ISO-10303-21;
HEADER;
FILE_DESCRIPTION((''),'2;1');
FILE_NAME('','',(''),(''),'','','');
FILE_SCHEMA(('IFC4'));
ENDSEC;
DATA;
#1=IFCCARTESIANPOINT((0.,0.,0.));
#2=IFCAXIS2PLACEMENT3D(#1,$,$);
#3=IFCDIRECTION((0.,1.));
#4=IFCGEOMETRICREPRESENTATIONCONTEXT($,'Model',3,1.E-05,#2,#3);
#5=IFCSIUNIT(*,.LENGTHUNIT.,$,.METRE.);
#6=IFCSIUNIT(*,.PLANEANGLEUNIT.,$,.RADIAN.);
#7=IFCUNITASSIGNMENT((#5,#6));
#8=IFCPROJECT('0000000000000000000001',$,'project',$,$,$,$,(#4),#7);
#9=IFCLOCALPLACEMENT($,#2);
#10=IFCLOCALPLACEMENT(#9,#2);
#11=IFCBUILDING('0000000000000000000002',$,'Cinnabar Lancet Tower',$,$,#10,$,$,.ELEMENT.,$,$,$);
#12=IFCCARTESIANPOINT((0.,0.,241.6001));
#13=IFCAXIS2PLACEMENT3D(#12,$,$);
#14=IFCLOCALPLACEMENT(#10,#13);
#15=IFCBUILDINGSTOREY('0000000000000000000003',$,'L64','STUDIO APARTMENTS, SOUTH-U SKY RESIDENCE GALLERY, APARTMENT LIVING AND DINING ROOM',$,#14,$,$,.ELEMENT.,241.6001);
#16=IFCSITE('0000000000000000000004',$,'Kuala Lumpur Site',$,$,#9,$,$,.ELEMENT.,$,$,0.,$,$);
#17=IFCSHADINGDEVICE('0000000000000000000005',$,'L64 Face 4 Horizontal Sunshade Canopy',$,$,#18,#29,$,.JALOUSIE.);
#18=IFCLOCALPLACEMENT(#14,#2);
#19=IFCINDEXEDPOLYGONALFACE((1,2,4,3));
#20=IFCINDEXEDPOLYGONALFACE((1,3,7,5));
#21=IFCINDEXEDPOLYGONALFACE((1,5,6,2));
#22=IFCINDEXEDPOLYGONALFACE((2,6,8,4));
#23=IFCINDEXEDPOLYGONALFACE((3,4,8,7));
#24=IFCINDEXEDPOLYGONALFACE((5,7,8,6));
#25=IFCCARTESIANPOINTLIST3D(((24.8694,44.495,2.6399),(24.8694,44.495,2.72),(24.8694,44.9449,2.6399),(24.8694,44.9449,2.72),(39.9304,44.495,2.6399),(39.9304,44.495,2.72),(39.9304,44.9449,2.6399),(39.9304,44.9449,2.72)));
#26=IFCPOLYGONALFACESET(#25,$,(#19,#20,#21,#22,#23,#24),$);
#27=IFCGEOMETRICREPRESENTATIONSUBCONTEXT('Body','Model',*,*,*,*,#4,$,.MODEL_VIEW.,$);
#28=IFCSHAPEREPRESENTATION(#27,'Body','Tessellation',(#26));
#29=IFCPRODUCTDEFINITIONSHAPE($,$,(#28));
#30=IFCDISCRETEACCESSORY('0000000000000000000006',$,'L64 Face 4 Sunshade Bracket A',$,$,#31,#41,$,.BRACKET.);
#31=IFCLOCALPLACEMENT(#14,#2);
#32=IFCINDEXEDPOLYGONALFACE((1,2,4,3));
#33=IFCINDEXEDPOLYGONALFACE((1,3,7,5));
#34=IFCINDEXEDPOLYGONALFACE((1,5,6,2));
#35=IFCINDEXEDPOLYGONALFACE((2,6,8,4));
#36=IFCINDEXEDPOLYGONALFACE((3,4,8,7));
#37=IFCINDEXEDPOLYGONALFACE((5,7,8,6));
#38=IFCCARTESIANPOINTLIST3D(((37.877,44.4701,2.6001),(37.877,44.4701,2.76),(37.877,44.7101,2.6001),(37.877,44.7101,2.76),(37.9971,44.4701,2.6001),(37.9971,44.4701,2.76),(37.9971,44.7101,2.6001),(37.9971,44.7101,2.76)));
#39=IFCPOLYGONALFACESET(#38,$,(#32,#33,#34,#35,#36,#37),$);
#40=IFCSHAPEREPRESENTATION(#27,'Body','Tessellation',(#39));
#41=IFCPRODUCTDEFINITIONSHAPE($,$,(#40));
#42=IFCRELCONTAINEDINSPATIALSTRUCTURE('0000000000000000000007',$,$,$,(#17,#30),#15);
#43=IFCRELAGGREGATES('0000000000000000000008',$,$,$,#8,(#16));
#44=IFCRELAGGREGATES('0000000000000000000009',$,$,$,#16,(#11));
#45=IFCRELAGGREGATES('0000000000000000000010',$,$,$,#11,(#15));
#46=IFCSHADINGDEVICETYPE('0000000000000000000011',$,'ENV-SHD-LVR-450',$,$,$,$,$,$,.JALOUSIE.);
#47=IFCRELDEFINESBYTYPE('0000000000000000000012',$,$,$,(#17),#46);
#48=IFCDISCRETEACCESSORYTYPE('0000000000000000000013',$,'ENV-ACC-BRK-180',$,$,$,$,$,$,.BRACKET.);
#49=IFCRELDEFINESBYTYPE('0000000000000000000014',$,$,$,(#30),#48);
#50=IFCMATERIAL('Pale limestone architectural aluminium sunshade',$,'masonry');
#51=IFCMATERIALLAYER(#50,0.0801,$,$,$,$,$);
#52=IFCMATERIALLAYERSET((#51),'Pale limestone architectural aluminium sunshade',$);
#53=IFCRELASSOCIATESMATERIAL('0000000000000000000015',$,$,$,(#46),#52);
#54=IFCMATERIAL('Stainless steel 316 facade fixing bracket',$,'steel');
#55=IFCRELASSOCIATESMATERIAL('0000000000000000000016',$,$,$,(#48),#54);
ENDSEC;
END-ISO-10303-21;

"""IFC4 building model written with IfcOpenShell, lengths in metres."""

from ifc_helpers import new_model, si_unit, direction, frame, origin, origin_2d, place, context, subcontext, project, spatial, rectangle, extrude, material, layer, layer_set, type_object, element, save


model = new_model("IFC4")

# Units and contexts
model_context = context("Model", 3, precision=1e-05, world=origin(), true_north=direction((0.0, 1.0)))
body_context = subcontext(model_context, "Body", "Model", "MODEL_VIEW")
ifc_project = project(units=[si_unit("LENGTHUNIT", "METRE"), si_unit("PLANEANGLEUNIT", "RADIAN")], contexts=[model_context])

# Site, building, storey
site_placement = place(None, origin())
site = spatial("IfcSite", under=ifc_project, at=site_placement, Name="Kuala Lumpur Site", CompositionType="ELEMENT", RefElevation=0.0)
building_placement = place(site_placement, origin())
building = spatial("IfcBuilding", under=site, at=building_placement, Name="Cinnabar Lancet Tower", CompositionType="ELEMENT")
storey_placement = place(building_placement, frame((0.0, 0.0, 241.6001)))
storey = spatial("IfcBuildingStorey", under=building, at=storey_placement, Name="L64", Description="STUDIO APARTMENTS, SOUTH-U SKY RESIDENCE GALLERY, APARTMENT LIVING AND DINING ROOM", CompositionType="ELEMENT", Elevation=241.6001)

# Shading device
ifc_material_1 = material(Name="Pale limestone architectural aluminium sunshade", Category="masonry")
ifc_layer_1 = layer(ifc_material_1, 0.0801)
ifc_layer_set_1 = layer_set([ifc_layer_1], Name="Pale limestone architectural aluminium sunshade")
shading_device_type = type_object("IfcShadingDeviceType", Name="ENV-SHD-LVR-450", PredefinedType="JALOUSIE", material=ifc_layer_set_1)
shading_device_placement = place(storey_placement, frame((32.3999, 44.72, 2.6399), z_axis=(0.0, 0.0, 1.0), x_axis=(-1.0, 0.0, 0.0)))
element("IfcShadingDevice", 1, at=shading_device_placement, inside=storey, type_object=shading_device_type, Name="L64 Face 4 Horizontal Sunshade Canopy", PredefinedType="JALOUSIE", context=body_context, shape_type="SweptSolid", body=[
    extrude(rectangle(XDim=15.061, YDim=0.45, at=origin_2d()), origin(), (0.0, 0.0, 1.0), 0.0801),
])

# Discrete accessory
ifc_material_2 = material(Name="Stainless steel 316 facade fixing bracket", Category="steel")
discrete_accessory_type = type_object("IfcDiscreteAccessoryType", Name="ENV-ACC-BRK-180", PredefinedType="BRACKET", material=ifc_material_2)
discrete_accessory_placement = place(storey_placement, frame((37.937, 44.5901, 2.6001), z_axis=(0.0, 0.0, 1.0), x_axis=(-1.0, 0.0, 0.0)))
element("IfcDiscreteAccessory", 2, at=discrete_accessory_placement, inside=storey, type_object=discrete_accessory_type, Name="L64 Face 4 Sunshade Bracket A", PredefinedType="BRACKET", context=body_context, shape_type="SweptSolid", body=[
    extrude(rectangle(XDim=0.1201, YDim=0.24, at=origin_2d()), origin(), (0.0, 0.0, 1.0), 0.1599),
])

save(model, "model.ifc")
